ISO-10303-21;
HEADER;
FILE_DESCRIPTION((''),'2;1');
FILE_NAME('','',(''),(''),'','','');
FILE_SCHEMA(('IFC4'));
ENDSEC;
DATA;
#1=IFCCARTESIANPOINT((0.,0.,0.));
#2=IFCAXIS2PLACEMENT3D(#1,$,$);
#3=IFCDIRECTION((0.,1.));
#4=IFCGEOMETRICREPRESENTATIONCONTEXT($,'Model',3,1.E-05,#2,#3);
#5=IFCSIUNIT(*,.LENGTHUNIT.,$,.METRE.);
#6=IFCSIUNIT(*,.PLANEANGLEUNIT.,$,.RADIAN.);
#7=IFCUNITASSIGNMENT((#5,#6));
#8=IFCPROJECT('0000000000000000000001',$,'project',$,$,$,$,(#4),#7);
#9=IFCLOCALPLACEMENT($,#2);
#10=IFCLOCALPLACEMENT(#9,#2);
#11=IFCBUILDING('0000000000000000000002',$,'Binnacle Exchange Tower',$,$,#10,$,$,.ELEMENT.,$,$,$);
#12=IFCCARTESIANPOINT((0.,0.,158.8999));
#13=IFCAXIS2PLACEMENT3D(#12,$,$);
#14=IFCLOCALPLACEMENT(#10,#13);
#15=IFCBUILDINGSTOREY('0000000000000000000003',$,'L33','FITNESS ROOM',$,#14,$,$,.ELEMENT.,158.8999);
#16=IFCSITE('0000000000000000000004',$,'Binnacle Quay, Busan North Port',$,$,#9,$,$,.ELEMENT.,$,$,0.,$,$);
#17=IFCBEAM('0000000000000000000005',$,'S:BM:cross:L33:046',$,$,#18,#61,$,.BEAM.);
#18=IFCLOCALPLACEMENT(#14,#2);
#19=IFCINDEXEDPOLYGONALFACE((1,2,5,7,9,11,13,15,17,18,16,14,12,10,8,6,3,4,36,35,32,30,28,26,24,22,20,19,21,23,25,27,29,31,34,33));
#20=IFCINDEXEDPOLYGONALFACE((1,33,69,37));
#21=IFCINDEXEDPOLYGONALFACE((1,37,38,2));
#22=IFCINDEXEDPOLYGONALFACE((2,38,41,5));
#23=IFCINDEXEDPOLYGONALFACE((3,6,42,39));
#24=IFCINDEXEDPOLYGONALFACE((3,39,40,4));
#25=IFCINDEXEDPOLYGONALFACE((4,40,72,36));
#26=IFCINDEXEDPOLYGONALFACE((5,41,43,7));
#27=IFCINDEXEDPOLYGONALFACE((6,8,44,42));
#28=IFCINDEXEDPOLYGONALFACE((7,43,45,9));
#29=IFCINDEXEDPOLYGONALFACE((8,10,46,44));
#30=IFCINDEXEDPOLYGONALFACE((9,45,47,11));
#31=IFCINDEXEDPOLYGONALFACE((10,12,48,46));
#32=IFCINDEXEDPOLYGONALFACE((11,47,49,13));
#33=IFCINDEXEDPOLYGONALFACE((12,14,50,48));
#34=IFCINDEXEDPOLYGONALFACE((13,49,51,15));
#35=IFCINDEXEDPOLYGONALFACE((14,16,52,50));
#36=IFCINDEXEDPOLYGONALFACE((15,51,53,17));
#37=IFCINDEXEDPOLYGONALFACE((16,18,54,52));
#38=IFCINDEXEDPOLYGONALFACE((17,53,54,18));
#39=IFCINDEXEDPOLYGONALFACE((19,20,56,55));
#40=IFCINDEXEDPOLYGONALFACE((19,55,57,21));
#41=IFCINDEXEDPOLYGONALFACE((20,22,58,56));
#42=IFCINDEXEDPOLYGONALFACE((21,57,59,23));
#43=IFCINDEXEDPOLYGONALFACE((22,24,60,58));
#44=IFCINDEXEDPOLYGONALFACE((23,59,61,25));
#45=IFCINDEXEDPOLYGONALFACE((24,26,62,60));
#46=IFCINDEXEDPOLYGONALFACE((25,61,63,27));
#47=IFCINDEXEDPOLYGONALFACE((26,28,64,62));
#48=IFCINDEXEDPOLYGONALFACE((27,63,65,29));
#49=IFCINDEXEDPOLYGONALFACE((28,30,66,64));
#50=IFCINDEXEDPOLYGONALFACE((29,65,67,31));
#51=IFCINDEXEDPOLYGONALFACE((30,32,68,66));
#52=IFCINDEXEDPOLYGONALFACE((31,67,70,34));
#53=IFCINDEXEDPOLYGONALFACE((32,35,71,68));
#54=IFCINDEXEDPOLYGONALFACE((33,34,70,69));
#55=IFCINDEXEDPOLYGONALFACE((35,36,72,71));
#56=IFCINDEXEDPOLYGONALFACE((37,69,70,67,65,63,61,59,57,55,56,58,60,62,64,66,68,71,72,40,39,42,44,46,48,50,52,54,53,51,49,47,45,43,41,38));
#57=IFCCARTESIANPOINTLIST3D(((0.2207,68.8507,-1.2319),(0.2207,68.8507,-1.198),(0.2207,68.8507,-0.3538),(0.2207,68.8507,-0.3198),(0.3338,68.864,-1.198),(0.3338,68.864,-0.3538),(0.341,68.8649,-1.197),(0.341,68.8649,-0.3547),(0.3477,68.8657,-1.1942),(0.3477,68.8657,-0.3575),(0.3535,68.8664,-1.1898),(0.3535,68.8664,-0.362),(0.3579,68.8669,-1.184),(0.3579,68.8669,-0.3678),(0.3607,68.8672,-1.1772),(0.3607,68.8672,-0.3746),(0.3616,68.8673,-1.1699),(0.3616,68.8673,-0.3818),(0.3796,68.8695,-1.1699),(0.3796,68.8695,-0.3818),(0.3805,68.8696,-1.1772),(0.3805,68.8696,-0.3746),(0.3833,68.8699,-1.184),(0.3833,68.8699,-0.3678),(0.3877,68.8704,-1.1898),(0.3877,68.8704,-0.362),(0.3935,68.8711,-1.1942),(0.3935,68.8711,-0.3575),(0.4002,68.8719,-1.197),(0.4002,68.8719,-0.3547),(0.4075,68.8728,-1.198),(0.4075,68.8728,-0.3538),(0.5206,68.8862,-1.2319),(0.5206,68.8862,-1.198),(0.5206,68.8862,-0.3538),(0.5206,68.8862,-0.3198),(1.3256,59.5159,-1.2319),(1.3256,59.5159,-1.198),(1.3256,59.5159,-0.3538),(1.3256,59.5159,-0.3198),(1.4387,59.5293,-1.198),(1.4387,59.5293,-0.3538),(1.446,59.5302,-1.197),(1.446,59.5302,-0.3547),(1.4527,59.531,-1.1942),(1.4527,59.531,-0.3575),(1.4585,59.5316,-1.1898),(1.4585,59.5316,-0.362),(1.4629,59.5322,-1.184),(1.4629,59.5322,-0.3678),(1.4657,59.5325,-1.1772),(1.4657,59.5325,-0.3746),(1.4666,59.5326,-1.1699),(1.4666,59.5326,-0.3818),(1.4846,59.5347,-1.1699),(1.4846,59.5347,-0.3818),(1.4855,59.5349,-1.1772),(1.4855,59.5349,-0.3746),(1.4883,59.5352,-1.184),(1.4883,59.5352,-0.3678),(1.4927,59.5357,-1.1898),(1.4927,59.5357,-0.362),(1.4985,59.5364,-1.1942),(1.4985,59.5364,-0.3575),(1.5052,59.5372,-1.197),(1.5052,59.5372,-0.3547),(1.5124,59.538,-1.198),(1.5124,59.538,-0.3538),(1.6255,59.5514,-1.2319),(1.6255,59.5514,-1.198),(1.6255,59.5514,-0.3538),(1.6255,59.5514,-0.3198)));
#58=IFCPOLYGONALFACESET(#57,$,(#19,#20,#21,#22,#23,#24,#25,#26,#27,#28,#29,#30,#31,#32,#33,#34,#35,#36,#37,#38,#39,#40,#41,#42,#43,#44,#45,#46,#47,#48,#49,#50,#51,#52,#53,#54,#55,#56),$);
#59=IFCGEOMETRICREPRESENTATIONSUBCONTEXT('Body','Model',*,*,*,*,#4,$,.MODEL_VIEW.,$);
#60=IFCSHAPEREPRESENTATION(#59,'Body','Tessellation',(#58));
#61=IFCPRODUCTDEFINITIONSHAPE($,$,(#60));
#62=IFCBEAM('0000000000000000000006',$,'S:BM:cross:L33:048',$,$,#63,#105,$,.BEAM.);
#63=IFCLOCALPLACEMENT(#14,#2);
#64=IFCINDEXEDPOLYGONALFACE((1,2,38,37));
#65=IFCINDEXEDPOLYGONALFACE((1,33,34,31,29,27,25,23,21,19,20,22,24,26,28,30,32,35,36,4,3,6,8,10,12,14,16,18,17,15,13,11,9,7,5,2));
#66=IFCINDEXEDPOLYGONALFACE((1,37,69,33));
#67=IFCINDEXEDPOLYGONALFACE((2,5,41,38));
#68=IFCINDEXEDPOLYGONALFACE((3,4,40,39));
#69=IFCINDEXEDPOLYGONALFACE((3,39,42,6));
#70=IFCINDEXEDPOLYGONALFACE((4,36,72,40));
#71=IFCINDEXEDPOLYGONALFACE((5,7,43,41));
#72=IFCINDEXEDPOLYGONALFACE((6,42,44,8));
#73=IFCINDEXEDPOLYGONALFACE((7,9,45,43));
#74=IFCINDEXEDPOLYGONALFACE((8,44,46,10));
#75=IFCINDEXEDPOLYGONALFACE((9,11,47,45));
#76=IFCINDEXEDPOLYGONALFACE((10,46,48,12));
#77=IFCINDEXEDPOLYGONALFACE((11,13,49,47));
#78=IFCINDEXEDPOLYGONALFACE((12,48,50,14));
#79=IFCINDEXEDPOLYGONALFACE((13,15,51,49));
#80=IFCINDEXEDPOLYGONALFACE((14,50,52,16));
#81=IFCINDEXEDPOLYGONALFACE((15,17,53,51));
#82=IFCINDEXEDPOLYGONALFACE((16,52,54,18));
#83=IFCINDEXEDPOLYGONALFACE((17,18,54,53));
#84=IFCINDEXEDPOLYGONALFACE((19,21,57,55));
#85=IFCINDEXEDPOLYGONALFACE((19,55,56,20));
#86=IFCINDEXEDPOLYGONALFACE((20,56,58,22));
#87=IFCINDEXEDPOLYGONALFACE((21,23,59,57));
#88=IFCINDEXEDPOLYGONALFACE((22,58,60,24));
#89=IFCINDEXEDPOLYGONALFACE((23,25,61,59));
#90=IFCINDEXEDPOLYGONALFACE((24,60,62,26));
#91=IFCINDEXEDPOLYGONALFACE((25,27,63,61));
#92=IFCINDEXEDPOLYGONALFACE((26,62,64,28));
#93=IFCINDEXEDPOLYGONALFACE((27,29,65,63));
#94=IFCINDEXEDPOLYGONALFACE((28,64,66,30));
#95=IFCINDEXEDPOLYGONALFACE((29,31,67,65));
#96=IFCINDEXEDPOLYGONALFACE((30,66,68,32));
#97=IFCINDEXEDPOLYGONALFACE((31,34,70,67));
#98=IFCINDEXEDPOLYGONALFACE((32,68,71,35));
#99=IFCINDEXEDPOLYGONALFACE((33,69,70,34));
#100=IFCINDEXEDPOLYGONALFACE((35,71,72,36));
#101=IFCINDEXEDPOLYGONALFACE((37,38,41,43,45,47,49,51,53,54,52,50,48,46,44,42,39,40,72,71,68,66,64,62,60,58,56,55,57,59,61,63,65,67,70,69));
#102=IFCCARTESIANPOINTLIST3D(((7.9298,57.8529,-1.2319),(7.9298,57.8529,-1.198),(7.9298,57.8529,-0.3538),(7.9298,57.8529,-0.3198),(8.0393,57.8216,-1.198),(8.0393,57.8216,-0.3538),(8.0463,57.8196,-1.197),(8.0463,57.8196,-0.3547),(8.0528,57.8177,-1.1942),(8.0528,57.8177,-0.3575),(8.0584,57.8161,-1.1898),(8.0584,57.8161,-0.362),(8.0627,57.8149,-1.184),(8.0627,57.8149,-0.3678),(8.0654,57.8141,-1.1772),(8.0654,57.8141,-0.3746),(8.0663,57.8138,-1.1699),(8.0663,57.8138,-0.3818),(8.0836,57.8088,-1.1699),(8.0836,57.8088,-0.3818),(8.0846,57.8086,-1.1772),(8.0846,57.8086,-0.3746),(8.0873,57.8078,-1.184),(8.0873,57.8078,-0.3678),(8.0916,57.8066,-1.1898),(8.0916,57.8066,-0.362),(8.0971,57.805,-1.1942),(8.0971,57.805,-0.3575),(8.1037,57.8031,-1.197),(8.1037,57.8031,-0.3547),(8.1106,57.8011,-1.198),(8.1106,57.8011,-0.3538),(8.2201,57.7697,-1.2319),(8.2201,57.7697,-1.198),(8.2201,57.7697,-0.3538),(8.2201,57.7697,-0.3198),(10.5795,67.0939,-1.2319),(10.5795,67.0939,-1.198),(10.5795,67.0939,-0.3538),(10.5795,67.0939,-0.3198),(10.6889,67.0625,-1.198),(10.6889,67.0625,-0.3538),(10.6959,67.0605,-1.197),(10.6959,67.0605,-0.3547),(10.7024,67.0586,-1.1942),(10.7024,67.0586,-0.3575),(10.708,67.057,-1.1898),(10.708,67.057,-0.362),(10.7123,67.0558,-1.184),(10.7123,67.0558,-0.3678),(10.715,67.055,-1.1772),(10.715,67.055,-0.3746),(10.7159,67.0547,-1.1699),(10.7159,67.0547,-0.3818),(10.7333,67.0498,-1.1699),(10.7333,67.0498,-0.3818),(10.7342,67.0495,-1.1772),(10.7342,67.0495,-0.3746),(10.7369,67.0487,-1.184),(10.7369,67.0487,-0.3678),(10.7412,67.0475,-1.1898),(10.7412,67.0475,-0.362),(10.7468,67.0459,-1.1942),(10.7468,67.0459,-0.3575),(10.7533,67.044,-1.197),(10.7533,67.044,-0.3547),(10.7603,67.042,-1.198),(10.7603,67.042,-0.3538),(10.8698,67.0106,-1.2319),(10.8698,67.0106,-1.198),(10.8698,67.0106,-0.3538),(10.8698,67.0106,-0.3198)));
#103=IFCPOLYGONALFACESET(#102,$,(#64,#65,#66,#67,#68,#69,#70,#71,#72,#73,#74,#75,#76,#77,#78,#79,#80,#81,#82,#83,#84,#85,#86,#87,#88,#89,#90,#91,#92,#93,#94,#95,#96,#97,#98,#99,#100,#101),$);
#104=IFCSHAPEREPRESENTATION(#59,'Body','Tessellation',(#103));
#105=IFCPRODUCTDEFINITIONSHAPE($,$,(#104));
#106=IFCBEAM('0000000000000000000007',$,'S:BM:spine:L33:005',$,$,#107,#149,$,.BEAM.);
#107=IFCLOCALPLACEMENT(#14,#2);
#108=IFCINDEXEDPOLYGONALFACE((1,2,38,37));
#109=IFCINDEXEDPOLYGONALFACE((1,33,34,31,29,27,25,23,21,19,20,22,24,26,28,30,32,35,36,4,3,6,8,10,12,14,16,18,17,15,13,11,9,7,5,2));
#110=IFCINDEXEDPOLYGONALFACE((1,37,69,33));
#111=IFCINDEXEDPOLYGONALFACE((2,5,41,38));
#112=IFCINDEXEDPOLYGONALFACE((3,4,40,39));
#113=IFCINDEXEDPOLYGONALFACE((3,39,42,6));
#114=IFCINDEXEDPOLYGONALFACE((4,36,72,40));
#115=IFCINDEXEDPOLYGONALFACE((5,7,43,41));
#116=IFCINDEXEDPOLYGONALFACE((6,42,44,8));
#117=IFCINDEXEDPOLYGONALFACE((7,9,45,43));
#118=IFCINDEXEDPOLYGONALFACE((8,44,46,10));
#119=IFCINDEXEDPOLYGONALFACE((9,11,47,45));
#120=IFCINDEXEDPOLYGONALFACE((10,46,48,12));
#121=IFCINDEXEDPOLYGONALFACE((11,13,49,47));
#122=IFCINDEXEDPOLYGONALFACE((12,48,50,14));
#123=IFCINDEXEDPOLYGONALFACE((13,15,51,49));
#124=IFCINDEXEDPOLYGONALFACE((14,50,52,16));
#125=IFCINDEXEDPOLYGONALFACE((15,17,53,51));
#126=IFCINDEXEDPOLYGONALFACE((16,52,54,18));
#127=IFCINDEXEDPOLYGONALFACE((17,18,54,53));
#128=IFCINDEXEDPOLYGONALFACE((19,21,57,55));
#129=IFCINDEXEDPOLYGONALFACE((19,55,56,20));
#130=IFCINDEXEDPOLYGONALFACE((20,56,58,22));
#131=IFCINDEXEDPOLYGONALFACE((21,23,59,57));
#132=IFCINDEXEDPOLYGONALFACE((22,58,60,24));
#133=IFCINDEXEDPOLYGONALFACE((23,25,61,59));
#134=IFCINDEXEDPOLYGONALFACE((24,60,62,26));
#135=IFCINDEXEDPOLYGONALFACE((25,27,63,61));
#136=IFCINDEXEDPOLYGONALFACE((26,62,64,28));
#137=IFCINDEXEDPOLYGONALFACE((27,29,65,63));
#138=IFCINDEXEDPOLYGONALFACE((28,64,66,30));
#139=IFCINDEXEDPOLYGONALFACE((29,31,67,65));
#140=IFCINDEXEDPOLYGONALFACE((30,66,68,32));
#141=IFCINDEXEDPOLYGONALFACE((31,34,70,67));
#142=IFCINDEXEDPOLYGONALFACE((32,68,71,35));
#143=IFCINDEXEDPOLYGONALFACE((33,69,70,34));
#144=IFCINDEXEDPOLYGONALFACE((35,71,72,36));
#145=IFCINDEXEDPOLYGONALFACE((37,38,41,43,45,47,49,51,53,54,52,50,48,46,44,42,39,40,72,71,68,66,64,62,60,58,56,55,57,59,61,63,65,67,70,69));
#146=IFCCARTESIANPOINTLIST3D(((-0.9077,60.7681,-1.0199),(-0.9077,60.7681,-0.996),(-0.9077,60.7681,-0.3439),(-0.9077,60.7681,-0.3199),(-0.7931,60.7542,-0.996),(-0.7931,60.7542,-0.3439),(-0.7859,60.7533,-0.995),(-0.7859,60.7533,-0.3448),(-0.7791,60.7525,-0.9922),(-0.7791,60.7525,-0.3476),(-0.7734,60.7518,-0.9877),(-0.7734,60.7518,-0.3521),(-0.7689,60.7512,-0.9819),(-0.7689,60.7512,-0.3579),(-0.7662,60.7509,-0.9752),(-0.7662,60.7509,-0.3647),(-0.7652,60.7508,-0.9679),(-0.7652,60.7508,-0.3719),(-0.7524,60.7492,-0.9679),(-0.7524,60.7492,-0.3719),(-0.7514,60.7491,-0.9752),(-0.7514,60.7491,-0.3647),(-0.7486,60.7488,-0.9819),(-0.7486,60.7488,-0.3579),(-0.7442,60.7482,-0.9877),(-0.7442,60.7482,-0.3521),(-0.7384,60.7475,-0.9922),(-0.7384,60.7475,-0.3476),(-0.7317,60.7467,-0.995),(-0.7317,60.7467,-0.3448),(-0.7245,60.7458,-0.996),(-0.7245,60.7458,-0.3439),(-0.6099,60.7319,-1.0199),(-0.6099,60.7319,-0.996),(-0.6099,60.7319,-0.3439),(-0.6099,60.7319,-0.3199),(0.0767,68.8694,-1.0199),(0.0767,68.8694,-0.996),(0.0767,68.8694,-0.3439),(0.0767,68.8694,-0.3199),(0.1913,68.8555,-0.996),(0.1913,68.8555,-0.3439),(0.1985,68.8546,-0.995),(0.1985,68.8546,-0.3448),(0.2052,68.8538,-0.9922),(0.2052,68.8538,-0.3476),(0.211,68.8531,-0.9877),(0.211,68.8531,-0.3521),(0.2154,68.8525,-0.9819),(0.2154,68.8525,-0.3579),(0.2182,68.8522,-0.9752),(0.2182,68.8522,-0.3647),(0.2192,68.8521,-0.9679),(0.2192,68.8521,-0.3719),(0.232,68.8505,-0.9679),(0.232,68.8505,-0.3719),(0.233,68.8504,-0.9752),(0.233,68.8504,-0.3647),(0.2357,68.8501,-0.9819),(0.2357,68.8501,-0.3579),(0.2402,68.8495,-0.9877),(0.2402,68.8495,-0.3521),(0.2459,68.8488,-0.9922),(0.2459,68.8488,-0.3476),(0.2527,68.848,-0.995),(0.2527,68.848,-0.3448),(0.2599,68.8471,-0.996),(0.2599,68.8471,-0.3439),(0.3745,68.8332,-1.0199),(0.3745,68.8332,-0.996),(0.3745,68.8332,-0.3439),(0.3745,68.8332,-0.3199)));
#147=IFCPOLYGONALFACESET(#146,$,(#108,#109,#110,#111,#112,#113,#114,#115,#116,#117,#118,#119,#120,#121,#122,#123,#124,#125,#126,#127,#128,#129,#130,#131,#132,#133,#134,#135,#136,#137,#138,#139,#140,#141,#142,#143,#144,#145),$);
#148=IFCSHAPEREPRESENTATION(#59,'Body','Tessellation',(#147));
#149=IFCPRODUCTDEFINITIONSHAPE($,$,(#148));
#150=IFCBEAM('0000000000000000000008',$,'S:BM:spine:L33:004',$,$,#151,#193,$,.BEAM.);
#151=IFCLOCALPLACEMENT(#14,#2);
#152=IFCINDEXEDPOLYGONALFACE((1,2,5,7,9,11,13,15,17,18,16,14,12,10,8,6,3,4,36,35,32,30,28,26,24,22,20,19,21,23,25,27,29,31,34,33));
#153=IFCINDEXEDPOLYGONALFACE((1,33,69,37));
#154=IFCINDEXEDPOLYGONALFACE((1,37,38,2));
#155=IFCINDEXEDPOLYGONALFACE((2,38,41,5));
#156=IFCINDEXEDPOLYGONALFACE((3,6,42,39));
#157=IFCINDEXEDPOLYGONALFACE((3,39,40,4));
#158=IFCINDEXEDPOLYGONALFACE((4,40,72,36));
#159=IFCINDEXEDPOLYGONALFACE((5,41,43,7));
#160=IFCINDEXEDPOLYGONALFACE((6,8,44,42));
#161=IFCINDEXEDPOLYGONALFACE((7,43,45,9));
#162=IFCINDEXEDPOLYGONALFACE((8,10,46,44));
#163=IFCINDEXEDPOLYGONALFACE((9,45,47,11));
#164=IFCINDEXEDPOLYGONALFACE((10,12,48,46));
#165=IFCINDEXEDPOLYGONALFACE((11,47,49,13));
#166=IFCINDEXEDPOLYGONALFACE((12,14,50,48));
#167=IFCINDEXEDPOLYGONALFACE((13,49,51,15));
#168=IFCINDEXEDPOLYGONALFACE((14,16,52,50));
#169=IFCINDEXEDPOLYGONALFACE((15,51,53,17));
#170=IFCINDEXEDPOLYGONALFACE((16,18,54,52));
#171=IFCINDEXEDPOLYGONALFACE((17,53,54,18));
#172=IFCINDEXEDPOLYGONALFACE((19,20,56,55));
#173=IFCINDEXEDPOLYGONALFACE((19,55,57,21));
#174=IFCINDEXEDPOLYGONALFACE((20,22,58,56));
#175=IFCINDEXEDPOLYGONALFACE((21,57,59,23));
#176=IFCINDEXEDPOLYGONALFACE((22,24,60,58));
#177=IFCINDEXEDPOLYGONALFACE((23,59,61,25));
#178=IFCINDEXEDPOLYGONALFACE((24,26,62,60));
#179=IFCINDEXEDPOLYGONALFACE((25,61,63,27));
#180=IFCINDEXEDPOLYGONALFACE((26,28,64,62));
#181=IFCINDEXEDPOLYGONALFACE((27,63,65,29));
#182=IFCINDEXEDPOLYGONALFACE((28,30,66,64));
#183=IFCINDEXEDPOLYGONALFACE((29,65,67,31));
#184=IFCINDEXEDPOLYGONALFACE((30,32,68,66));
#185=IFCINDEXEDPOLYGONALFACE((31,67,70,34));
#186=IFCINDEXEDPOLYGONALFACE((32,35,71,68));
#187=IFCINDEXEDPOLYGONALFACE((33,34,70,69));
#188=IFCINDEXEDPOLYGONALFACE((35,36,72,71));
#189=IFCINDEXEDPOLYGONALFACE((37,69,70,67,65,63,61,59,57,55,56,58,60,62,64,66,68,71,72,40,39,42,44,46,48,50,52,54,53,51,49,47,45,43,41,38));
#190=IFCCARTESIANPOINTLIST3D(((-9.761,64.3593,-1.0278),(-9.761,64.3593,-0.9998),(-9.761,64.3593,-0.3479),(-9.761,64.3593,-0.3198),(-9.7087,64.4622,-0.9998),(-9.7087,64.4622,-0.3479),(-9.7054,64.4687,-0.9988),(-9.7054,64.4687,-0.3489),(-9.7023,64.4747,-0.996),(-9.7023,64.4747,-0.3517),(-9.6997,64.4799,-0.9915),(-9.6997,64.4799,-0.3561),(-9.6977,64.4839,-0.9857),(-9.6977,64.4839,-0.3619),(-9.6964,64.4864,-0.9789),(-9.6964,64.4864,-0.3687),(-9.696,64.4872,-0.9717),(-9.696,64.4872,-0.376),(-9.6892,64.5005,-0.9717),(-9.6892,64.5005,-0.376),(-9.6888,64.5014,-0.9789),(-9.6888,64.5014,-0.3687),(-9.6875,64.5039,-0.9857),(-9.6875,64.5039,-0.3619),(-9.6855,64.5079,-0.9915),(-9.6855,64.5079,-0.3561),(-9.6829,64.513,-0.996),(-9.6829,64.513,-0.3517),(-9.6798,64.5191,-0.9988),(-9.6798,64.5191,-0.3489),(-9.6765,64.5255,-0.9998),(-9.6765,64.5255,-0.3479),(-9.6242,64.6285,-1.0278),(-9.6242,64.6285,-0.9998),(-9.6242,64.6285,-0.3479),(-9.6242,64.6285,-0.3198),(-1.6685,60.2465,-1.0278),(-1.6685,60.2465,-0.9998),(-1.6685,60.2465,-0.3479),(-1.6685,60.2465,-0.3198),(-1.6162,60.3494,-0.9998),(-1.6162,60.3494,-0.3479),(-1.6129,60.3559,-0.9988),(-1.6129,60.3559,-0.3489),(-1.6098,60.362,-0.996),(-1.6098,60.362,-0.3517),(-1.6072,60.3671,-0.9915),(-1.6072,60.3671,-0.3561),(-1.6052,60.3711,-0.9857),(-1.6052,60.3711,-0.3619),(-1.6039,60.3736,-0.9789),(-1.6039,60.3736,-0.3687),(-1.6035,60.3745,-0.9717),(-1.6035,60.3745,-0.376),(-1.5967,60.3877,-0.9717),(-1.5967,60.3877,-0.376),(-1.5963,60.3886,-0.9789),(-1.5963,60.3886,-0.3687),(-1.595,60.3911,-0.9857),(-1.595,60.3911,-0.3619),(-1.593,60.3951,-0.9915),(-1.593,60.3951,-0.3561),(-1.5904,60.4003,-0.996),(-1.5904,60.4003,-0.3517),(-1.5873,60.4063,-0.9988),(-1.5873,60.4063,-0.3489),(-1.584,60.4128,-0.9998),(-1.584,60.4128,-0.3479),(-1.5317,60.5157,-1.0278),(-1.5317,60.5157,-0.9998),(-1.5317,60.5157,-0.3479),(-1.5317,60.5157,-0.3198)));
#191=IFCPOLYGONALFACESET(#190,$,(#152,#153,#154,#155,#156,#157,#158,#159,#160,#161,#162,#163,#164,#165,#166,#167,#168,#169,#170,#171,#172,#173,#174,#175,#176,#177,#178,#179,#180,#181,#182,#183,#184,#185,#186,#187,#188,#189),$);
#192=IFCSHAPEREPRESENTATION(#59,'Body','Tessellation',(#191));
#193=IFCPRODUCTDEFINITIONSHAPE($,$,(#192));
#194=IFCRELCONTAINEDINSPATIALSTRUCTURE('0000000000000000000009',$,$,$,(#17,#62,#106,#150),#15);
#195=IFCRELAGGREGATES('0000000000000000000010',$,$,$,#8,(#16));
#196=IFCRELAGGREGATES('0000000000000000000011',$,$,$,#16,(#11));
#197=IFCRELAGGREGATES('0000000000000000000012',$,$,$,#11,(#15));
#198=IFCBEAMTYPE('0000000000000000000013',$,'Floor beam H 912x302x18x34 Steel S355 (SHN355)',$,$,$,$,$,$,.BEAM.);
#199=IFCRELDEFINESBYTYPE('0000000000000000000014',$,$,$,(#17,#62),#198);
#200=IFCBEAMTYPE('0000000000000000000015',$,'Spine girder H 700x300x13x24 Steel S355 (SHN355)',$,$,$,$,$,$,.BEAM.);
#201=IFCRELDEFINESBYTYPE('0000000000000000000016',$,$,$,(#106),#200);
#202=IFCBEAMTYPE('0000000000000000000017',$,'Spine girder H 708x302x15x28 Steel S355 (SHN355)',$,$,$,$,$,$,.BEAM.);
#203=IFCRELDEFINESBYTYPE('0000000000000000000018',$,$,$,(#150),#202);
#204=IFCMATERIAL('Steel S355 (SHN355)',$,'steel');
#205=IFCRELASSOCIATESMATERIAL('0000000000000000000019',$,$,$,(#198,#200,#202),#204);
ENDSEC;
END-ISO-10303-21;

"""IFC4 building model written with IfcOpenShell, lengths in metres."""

from ifc_helpers import new_model, si_unit, direction, frame, origin, origin_2d, place, context, subcontext, project, spatial, i_section, extrude, material, material_profile, profile_set, type_object, element, save


model = new_model("IFC4")

# Units and contexts
model_context = context("Model", 3, precision=1e-05, world=origin(), true_north=direction((0.0, 1.0)))
body_context = subcontext(model_context, "Body", "Model", "MODEL_VIEW")
ifc_project = project(units=[si_unit("LENGTHUNIT", "METRE"), si_unit("PLANEANGLEUNIT", "RADIAN")], contexts=[model_context])

# Site, building, storey
site_placement = place(None, origin())
site = spatial("IfcSite", under=ifc_project, at=site_placement, Name="Binnacle Quay, Busan North Port", CompositionType="ELEMENT", RefElevation=0.0)
building_placement = place(site_placement, origin())
building = spatial("IfcBuilding", under=site, at=building_placement, Name="Binnacle Exchange Tower", CompositionType="ELEMENT")
storey_placement = place(building_placement, frame((0.0, 0.0, 158.8999)))
storey = spatial("IfcBuildingStorey", under=building, at=storey_placement, Name="L33", Description="FITNESS ROOM", CompositionType="ELEMENT", Elevation=158.8999)

# Beams
ifc_material_1 = material(Name="Steel S355 (SHN355)", Category="steel")
ifc_material_profile_1 = material_profile(ifc_material_1, i_section(OverallWidth=0.302, OverallDepth=0.9121, WebThickness=0.0181, FlangeThickness=0.0339, FilletRadius=0.0281, at=origin_2d()), Name="H 912x302x18x34")
ifc_profile_set_1 = profile_set([ifc_material_profile_1], Name="Steel S355 (SHN355)")
beam_type_1 = type_object("IfcBeamType", Name="Floor beam H 912x302x18x34 Steel S355 (SHN355)", PredefinedType="BEAM", material=ifc_profile_set_1)
beam_1_placement = place(storey_placement, frame((0.3706, 68.8684, -0.7759), z_axis=(0.117552, -0.993067, 0.0), x_axis=(0.993067, 0.117552, 0.0)))
element("IfcBeam", 1, at=beam_1_placement, inside=storey, type_object=beam_type_1, Name="S:BM:cross:L33:046", PredefinedType="BEAM", context=body_context, shape_type="SweptSolid", body=[
    extrude(i_section(OverallWidth=0.302, OverallDepth=0.9121, WebThickness=0.0181, FlangeThickness=0.0339, FilletRadius=0.0281, at=origin_2d()), origin(), (0.0, 0.0, 1.0), 9.3999),
])
beam_2_placement = place(storey_placement, frame((10.7246, 67.0522, -0.7759), z_axis=(-0.275623, -0.961266, 0.0), x_axis=(0.961266, -0.275623, 0.0)))
element("IfcBeam", 2, at=beam_2_placement, inside=storey, type_object=beam_type_1, Name="S:BM:cross:L33:048", PredefinedType="BEAM", context=body_context, shape_type="SweptSolid", body=[
    extrude(i_section(OverallWidth=0.302, OverallDepth=0.9121, WebThickness=0.0181, FlangeThickness=0.0339, FilletRadius=0.0281, at=origin_2d()), origin(), (0.0, 0.0, 1.0), 9.6133),
])
ifc_material_profile_2 = material_profile(ifc_material_1, i_section(OverallWidth=0.3, OverallDepth=0.7, WebThickness=0.0129, FlangeThickness=0.0239, FilletRadius=0.0281, at=origin_2d()), Name="H 700x300x13x24")
ifc_profile_set_2 = profile_set([ifc_material_profile_2], Name="Steel S355 (SHN355)")
beam_type_2 = type_object("IfcBeamType", Name="Spine girder H 700x300x13x24 Steel S355 (SHN355)", PredefinedType="BEAM", material=ifc_profile_set_2)
beam_3_placement = place(storey_placement, frame((-0.7588, 60.75, -0.6699), z_axis=(0.120621, 0.992699, 0.0), x_axis=(-0.992699, 0.120621, 0.0)))
element("IfcBeam", 3, at=beam_3_placement, inside=storey, type_object=beam_type_2, Name="S:BM:spine:L33:005", PredefinedType="BEAM", context=body_context, shape_type="SweptSolid", body=[
    extrude(i_section(OverallWidth=0.3, OverallDepth=0.7, WebThickness=0.0129, FlangeThickness=0.0239, FilletRadius=0.0281, at=origin_2d()), origin(), (0.0, 0.0, 1.0), 8.1609),
])
ifc_material_profile_3 = material_profile(ifc_material_1, i_section(OverallWidth=0.302, OverallDepth=0.708, WebThickness=0.0149, FlangeThickness=0.0281, FilletRadius=0.0281, at=origin_2d()), Name="H 708x302x15x28")
ifc_profile_set_3 = profile_set([ifc_material_profile_3], Name="Steel S355 (SHN355)")
beam_type_3 = type_object("IfcBeamType", Name="Spine girder H 708x302x15x28 Steel S355 (SHN355)", PredefinedType="BEAM", material=ifc_profile_set_3)
beam_4_placement = place(storey_placement, frame((-1.6001, 60.3811, -0.6738), z_axis=(-0.891476, 0.453067, 0.0), x_axis=(-0.453067, -0.891476, 0.0)))
element("IfcBeam", 4, at=beam_4_placement, inside=storey, type_object=beam_type_3, Name="S:BM:spine:L33:004", PredefinedType="BEAM", context=body_context, shape_type="SweptSolid", body=[
    extrude(i_section(OverallWidth=0.302, OverallDepth=0.708, WebThickness=0.0149, FlangeThickness=0.0281, FilletRadius=0.0281, at=origin_2d()), origin(), (0.0, 0.0, 1.0), 9.0776),
])

save(model, "model.ifc")
